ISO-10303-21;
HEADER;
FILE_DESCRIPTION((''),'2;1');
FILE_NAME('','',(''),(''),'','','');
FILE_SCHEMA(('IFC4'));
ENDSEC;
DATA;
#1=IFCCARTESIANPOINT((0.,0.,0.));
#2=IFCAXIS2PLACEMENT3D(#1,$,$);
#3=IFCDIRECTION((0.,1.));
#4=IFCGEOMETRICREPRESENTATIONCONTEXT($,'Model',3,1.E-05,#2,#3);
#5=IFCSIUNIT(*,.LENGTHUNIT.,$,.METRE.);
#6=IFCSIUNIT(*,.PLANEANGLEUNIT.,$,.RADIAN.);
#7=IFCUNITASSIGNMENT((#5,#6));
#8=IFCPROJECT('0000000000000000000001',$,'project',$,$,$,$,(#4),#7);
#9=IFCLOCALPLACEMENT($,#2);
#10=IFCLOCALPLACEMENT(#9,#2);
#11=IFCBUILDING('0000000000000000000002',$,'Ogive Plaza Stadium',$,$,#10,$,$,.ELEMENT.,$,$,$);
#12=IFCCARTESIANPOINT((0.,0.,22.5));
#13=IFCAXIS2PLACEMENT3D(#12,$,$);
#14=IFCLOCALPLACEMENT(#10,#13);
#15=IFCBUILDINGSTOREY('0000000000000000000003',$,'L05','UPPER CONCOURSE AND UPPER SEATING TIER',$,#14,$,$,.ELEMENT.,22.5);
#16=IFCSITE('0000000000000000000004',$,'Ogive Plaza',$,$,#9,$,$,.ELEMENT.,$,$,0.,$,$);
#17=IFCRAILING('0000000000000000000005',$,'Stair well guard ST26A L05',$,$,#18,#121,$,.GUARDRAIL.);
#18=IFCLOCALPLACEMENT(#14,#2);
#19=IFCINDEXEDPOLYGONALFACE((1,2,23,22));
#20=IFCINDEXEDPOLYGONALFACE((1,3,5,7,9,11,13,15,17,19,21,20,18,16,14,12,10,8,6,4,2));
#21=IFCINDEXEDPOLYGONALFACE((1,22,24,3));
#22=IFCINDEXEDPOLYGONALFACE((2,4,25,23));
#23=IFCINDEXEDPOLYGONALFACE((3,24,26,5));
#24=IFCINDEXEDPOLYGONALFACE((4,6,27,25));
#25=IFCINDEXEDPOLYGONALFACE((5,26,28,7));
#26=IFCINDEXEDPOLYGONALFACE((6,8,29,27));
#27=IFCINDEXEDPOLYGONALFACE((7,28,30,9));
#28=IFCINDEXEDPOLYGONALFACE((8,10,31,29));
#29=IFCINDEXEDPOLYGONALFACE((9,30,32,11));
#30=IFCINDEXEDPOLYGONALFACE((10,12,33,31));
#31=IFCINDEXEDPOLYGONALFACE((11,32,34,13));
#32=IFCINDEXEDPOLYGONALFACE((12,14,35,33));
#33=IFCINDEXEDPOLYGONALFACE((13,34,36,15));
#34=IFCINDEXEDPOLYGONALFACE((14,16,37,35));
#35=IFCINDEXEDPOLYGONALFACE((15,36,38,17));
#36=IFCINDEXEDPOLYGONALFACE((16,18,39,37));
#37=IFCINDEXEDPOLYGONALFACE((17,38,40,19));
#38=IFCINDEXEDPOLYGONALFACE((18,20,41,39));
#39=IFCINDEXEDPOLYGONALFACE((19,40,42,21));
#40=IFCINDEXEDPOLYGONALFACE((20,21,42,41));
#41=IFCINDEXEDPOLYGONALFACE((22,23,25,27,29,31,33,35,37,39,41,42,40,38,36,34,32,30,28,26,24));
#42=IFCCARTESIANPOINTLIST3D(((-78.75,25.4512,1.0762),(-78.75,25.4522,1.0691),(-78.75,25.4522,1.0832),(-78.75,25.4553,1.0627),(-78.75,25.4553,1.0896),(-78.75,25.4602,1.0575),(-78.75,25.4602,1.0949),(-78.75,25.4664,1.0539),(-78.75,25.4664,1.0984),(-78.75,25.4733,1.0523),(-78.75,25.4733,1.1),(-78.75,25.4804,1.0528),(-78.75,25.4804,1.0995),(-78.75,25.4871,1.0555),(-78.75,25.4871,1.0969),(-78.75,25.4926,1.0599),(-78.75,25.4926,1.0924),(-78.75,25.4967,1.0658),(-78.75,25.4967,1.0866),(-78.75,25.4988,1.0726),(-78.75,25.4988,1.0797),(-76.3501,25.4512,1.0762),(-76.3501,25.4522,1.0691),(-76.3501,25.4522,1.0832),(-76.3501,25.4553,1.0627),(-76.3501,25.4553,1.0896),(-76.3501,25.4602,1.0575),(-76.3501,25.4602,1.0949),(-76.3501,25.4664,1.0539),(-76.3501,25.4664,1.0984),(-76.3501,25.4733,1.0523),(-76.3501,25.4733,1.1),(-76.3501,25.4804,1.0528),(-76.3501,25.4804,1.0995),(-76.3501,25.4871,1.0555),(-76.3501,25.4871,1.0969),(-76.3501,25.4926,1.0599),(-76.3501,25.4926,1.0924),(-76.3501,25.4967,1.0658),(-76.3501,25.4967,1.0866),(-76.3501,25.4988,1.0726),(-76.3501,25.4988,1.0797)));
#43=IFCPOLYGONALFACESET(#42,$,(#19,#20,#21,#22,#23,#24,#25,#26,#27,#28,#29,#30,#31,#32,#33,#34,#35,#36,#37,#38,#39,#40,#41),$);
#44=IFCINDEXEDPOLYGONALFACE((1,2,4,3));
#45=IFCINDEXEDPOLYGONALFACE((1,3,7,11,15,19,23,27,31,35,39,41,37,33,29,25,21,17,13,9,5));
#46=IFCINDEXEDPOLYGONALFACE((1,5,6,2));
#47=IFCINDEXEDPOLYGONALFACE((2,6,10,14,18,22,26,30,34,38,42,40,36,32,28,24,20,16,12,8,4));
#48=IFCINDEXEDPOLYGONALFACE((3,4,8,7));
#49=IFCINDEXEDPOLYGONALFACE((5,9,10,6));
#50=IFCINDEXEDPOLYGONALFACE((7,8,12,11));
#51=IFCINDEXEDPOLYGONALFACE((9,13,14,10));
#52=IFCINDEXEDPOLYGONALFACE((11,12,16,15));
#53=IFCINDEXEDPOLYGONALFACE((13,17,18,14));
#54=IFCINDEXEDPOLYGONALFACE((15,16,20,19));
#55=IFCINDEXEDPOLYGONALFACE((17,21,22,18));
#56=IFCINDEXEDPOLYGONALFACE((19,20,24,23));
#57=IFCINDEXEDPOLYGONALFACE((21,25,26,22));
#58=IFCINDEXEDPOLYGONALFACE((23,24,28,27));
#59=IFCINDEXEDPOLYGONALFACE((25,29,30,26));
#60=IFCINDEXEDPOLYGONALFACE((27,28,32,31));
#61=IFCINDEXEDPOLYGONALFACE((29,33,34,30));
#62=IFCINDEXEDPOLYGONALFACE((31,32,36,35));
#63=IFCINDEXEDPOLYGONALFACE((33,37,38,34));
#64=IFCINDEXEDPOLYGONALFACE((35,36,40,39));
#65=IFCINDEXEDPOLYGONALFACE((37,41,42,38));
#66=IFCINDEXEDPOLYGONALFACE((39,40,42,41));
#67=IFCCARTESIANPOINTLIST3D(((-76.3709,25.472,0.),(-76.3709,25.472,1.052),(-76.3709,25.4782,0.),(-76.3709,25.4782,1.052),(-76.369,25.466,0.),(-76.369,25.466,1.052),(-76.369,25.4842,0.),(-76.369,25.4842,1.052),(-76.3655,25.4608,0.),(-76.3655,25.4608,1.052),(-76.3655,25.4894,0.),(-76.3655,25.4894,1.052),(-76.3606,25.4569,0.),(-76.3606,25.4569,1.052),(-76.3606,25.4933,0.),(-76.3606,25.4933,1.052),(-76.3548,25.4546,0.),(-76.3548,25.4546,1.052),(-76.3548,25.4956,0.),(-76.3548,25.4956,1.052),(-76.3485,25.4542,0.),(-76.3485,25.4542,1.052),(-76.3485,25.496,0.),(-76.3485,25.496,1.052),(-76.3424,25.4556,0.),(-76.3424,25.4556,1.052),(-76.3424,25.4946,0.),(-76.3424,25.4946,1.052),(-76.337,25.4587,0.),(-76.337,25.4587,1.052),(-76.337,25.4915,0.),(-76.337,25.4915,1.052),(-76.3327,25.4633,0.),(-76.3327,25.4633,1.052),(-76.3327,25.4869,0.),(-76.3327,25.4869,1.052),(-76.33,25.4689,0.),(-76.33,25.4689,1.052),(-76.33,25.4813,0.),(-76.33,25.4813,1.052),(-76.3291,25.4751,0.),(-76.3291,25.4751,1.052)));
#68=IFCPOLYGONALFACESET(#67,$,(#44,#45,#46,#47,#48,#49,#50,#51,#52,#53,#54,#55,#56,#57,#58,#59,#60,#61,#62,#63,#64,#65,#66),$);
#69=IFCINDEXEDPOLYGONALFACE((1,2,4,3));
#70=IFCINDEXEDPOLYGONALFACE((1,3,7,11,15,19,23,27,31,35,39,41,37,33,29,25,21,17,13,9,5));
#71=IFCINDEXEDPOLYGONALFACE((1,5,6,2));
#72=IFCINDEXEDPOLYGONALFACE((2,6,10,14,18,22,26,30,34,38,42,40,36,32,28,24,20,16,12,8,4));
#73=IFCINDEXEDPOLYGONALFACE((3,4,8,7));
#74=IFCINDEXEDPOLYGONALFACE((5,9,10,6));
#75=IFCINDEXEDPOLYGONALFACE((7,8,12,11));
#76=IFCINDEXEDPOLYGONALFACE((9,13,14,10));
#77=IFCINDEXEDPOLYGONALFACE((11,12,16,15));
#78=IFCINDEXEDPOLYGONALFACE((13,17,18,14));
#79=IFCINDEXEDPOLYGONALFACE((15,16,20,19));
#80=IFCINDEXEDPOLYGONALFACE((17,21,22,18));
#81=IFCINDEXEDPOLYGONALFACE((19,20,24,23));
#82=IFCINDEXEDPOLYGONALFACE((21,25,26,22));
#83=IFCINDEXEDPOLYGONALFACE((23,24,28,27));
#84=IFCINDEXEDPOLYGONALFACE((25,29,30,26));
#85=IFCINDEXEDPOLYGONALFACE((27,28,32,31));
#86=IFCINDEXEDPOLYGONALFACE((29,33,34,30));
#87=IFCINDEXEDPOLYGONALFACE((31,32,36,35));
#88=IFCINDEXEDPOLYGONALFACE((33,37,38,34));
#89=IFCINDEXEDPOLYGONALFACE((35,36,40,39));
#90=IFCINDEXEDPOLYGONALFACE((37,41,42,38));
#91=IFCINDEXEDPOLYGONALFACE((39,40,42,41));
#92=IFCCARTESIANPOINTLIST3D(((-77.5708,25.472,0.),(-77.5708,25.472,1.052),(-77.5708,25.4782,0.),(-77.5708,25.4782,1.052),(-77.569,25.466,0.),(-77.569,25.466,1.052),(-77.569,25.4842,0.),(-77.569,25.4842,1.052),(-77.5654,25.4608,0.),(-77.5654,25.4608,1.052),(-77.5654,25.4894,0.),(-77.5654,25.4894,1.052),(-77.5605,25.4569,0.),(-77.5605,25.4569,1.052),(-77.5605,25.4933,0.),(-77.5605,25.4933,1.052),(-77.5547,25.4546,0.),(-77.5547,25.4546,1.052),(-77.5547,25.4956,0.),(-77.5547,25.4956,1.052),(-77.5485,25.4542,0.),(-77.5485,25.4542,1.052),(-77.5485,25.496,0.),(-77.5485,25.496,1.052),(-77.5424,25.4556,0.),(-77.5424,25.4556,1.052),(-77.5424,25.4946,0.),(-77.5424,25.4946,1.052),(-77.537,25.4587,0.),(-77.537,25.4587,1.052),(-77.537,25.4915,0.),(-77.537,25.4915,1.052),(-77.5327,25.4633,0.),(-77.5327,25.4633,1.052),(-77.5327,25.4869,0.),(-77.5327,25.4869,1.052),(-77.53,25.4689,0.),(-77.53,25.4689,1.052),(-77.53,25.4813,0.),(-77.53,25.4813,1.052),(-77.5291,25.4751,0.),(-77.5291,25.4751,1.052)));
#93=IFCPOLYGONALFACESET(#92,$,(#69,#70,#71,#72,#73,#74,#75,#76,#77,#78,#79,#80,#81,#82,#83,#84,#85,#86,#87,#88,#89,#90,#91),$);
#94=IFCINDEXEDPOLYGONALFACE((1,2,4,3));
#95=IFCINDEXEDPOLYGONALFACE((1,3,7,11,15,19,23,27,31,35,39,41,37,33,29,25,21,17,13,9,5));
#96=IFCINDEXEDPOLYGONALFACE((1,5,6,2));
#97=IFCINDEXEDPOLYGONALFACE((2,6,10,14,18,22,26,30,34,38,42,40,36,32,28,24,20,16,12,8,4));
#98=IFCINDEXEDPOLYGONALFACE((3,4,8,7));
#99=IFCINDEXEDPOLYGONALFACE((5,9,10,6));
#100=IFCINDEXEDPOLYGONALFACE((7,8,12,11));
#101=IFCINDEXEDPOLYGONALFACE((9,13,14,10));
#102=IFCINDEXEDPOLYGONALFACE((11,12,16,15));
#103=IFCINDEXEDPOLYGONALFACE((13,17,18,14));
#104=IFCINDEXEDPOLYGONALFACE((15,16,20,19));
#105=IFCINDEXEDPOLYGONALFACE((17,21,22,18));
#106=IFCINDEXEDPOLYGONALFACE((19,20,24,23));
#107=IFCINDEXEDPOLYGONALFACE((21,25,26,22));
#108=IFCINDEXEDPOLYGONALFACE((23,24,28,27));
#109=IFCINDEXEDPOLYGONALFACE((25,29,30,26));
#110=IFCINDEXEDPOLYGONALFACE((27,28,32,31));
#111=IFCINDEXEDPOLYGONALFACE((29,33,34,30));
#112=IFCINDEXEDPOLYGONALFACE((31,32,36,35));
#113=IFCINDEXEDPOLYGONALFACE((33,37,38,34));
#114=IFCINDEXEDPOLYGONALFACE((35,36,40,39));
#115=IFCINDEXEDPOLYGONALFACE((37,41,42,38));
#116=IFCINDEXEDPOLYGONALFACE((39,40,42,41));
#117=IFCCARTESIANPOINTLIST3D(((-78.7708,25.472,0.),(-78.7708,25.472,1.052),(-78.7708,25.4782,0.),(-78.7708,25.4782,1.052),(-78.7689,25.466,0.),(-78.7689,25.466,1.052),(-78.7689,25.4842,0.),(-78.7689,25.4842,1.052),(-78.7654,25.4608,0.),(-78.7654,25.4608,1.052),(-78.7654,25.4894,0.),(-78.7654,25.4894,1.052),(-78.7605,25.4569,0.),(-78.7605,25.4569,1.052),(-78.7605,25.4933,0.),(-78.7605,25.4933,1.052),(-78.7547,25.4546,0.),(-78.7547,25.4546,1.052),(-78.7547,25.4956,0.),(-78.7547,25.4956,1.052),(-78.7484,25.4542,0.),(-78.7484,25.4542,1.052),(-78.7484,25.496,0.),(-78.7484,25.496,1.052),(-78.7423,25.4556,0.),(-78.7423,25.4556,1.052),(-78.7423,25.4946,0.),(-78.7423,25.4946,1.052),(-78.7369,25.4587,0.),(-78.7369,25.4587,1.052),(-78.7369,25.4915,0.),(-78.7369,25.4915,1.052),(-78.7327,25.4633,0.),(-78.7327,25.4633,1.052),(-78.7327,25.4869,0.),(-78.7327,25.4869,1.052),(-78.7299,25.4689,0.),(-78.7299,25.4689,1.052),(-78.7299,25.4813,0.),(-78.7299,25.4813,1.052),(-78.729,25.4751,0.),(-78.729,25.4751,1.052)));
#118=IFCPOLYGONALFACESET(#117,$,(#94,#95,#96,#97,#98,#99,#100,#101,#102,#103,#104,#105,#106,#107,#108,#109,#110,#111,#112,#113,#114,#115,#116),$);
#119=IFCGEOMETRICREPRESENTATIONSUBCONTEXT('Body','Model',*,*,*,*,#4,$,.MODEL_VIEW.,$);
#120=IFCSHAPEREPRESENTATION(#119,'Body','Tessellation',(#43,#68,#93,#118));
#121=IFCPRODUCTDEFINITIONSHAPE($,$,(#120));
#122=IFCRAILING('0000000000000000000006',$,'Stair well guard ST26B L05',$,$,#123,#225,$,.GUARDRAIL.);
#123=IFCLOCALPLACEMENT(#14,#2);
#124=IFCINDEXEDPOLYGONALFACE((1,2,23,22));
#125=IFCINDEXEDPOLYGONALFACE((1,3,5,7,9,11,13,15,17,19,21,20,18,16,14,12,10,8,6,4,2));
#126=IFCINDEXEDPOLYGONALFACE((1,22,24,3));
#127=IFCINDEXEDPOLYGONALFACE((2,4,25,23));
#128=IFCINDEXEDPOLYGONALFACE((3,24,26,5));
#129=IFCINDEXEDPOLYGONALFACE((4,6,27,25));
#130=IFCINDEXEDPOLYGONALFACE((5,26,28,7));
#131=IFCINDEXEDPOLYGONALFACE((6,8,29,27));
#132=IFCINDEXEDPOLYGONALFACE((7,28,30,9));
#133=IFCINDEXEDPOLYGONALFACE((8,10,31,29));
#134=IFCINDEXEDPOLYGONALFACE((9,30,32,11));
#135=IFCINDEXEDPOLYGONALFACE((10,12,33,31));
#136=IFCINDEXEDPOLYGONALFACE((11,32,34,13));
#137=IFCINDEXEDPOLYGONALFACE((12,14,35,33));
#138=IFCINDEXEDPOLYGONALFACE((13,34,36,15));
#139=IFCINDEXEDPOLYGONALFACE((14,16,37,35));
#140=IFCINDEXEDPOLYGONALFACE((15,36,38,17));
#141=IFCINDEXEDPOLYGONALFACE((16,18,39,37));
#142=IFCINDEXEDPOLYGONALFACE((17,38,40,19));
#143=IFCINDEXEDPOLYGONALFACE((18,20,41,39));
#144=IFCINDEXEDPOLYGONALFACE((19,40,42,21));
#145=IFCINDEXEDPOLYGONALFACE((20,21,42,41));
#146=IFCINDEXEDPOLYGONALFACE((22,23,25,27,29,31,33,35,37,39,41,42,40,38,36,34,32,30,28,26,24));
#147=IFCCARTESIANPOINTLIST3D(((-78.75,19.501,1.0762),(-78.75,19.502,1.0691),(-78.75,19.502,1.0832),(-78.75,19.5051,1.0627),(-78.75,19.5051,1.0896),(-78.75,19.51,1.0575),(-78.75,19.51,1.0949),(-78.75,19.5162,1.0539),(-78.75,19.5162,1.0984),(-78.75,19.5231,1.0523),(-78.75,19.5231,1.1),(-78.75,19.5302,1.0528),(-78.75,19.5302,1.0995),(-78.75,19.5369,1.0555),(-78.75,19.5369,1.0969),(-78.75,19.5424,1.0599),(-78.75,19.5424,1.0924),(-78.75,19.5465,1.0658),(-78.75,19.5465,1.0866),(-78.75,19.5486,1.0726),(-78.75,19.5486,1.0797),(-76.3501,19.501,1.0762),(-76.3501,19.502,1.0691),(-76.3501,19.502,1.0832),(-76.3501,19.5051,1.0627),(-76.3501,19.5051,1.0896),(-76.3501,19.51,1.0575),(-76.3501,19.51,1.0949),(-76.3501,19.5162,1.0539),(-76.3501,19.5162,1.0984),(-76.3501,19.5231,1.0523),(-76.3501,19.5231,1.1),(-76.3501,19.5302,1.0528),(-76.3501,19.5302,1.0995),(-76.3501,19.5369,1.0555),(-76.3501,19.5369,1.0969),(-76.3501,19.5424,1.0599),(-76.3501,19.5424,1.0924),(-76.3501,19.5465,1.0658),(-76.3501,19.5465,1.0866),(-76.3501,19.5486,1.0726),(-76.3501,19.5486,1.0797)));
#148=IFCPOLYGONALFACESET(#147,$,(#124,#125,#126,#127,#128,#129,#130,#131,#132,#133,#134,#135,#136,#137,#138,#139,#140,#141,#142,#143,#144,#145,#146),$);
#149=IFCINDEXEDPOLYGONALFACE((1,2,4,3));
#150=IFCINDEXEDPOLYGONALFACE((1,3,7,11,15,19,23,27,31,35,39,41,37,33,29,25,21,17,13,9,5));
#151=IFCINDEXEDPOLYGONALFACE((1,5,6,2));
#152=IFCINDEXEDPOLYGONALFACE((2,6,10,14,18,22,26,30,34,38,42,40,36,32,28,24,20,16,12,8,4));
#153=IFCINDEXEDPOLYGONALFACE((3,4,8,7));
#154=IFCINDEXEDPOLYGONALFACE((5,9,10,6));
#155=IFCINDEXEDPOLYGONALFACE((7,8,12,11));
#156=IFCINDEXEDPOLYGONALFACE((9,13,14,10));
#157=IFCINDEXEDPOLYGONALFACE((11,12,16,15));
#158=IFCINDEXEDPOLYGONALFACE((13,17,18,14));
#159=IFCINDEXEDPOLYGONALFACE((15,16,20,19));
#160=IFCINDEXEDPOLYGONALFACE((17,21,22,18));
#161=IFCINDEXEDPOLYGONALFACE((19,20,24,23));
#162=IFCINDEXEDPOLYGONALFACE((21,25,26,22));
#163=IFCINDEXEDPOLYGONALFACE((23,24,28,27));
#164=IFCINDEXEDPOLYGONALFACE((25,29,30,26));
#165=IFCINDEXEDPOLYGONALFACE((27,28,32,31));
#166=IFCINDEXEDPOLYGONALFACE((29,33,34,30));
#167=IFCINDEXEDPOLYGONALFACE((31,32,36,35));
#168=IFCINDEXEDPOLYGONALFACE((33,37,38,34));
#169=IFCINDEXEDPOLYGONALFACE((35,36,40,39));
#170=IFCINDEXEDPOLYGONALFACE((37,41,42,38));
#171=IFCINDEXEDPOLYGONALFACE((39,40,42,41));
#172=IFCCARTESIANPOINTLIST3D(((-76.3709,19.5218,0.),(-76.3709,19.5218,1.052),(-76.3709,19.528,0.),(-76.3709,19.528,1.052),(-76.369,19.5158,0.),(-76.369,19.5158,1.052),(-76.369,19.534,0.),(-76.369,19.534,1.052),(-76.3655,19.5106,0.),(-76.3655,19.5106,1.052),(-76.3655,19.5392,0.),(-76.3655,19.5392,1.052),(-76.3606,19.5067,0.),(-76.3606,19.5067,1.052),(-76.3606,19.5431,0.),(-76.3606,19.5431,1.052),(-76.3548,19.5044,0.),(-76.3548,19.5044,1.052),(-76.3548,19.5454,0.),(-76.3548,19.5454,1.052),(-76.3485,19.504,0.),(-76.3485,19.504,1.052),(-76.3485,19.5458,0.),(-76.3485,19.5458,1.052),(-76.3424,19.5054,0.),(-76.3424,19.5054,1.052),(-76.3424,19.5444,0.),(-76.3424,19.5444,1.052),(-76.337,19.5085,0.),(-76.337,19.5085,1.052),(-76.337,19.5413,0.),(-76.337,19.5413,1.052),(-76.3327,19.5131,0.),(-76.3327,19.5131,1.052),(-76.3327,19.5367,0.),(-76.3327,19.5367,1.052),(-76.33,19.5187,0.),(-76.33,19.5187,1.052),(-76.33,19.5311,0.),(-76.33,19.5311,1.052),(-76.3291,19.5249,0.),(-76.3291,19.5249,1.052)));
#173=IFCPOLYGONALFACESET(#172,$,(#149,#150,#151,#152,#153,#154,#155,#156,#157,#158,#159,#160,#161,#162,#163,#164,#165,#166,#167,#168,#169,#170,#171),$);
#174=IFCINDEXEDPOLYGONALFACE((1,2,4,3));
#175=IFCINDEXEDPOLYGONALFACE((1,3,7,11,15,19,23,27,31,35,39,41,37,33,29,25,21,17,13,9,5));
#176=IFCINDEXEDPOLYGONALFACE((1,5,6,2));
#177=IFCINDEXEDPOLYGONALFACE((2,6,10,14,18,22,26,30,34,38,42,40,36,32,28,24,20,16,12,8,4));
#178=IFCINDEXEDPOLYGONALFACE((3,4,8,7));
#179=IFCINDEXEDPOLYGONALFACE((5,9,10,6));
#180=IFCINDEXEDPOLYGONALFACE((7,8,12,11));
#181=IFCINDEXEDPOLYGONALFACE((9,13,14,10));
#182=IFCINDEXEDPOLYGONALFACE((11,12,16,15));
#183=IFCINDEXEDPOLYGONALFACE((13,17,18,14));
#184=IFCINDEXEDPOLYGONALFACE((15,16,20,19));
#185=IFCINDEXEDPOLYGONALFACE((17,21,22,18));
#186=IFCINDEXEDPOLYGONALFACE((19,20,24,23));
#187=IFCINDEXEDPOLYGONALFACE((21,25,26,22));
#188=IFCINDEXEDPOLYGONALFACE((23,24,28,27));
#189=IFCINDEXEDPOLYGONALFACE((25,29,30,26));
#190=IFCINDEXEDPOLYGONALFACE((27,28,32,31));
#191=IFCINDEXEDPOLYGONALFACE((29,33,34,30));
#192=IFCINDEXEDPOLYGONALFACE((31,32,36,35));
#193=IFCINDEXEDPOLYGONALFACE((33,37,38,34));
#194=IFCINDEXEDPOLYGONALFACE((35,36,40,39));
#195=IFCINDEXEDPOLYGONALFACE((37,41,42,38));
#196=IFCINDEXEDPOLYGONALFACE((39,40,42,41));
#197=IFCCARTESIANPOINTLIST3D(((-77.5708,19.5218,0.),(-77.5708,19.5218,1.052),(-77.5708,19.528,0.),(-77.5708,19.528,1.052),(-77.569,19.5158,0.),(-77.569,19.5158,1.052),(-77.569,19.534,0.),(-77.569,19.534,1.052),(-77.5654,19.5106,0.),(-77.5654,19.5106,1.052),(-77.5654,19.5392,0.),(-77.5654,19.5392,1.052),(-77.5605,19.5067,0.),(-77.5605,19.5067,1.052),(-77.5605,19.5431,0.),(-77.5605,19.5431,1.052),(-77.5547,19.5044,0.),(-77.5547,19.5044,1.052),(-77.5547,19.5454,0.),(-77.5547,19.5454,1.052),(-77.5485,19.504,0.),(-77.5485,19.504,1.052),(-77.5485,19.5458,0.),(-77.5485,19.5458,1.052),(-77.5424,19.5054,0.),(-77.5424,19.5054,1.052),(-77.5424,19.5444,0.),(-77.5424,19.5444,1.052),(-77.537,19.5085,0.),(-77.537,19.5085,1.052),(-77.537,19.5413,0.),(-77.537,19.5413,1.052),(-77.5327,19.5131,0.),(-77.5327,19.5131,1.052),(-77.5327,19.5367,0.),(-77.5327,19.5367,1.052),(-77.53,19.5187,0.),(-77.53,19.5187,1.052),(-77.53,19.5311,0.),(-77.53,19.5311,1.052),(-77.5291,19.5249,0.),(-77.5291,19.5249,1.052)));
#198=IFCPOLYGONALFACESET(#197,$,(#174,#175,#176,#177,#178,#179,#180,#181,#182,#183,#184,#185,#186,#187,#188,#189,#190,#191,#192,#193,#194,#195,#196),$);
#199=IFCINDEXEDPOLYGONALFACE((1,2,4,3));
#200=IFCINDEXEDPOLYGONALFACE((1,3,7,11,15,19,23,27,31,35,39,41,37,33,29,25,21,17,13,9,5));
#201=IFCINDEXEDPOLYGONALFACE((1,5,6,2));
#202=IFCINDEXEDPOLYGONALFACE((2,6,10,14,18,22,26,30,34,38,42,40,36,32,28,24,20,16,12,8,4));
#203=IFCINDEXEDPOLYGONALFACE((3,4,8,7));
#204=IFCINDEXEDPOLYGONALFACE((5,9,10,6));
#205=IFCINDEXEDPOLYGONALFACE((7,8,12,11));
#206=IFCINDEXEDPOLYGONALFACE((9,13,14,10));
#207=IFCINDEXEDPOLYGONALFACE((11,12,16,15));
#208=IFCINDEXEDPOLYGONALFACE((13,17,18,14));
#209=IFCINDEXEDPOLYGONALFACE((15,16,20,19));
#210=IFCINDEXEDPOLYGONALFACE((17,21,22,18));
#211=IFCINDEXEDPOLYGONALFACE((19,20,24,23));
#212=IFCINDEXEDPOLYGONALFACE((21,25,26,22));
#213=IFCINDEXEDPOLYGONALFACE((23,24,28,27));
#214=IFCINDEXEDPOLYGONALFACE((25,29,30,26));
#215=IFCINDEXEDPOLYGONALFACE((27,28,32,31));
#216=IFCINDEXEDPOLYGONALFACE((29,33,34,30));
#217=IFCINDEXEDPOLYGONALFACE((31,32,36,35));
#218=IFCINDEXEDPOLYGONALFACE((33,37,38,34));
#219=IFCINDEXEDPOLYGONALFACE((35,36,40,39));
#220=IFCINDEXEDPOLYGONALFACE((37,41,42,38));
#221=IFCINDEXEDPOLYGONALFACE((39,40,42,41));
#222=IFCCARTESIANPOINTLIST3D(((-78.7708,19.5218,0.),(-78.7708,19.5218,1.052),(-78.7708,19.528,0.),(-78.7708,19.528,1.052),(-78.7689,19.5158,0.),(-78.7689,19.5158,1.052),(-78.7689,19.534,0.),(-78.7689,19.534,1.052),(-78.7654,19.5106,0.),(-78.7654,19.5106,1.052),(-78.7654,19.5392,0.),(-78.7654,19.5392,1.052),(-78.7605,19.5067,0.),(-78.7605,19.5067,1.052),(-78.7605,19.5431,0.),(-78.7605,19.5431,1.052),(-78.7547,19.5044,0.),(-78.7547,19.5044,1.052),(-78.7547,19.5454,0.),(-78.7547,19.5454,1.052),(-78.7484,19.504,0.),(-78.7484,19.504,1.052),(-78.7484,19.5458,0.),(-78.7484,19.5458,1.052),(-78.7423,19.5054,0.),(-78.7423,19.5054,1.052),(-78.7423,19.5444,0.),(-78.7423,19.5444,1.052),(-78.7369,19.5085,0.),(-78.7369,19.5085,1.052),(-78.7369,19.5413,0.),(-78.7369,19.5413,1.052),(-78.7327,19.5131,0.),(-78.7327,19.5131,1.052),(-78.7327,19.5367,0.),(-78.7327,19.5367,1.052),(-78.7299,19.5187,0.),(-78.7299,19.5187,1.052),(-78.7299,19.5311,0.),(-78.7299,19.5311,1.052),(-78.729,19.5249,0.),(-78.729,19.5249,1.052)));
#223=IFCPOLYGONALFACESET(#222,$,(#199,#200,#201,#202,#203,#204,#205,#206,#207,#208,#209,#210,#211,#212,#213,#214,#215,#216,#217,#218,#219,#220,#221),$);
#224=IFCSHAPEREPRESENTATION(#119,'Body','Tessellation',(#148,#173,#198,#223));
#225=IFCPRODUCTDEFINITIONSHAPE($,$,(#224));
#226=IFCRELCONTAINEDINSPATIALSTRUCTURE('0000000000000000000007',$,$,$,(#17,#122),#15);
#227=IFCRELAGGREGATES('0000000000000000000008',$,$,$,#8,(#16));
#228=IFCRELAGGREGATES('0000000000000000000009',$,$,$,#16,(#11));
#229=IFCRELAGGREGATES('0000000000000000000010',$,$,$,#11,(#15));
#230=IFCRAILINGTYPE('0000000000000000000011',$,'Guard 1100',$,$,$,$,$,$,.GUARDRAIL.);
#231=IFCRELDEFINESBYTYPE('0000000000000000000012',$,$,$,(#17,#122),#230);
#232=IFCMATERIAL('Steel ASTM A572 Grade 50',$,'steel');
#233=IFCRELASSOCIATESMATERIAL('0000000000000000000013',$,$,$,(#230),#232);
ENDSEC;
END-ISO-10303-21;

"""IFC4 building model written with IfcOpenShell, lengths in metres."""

from ifc_helpers import new_model, si_unit, direction, frame, origin, origin_2d, place, context, subcontext, project, spatial, circle, extrude, material, type_object, element, save


model = new_model("IFC4")

# Units and contexts
model_context = context("Model", 3, precision=1e-05, world=origin(), true_north=direction((0.0, 1.0)))
body_context = subcontext(model_context, "Body", "Model", "MODEL_VIEW")
ifc_project = project(units=[si_unit("LENGTHUNIT", "METRE"), si_unit("PLANEANGLEUNIT", "RADIAN")], contexts=[model_context])

# Site, building, storey
site_placement = place(None, origin())
site = spatial("IfcSite", under=ifc_project, at=site_placement, Name="Ogive Plaza", CompositionType="ELEMENT", RefElevation=0.0)
building_placement = place(site_placement, origin())
building = spatial("IfcBuilding", under=site, at=building_placement, Name="Ogive Plaza Stadium", CompositionType="ELEMENT")
storey_placement = place(building_placement, frame((0.0, 0.0, 22.5)))
storey = spatial("IfcBuildingStorey", under=building, at=storey_placement, Name="L05", Description="UPPER CONCOURSE AND UPPER SEATING TIER", CompositionType="ELEMENT", Elevation=22.5)

# Railings
ifc_material_1 = material(Name="Steel ASTM A572 Grade 50", Category="steel")
railing_type = type_object("IfcRailingType", Name="Guard 1100", PredefinedType="GUARDRAIL", material=ifc_material_1)
for number, where, name in (
    (1, (-76.3501, 25.4751, 0.0), "Stair well guard ST26A L05"),
    (2, (-76.3501, 19.5249, 0.0), "Stair well guard ST26B L05"),
):
    element("IfcRailing", number, at=place(storey_placement, frame(where)), inside=storey, type_object=railing_type, Name=name, PredefinedType="GUARDRAIL", context=body_context, shape_type="SweptSolid", body=[
        extrude(circle(Radius=0.0239, at=origin_2d()), frame((0.0, 0.0, 1.0762), z_axis=(-1.0, 0.0, 0.0), x_axis=(0.0, -1.0, 0.0)), (0.0, 0.0, 1.0), 2.3999),
        extrude(circle(Radius=0.021, at=origin_2d()), origin(), (0.0, 0.0, 1.0), 1.052),
        extrude(circle(Radius=0.021, at=origin_2d()), frame((-1.2, 0.0, 0.0)), (0.0, 0.0, 1.0), 1.052),
        extrude(circle(Radius=0.021, at=origin_2d()), frame((-2.3999, 0.0, 0.0)), (0.0, 0.0, 1.0), 1.052),
    ])

save(model, "model.ifc")
